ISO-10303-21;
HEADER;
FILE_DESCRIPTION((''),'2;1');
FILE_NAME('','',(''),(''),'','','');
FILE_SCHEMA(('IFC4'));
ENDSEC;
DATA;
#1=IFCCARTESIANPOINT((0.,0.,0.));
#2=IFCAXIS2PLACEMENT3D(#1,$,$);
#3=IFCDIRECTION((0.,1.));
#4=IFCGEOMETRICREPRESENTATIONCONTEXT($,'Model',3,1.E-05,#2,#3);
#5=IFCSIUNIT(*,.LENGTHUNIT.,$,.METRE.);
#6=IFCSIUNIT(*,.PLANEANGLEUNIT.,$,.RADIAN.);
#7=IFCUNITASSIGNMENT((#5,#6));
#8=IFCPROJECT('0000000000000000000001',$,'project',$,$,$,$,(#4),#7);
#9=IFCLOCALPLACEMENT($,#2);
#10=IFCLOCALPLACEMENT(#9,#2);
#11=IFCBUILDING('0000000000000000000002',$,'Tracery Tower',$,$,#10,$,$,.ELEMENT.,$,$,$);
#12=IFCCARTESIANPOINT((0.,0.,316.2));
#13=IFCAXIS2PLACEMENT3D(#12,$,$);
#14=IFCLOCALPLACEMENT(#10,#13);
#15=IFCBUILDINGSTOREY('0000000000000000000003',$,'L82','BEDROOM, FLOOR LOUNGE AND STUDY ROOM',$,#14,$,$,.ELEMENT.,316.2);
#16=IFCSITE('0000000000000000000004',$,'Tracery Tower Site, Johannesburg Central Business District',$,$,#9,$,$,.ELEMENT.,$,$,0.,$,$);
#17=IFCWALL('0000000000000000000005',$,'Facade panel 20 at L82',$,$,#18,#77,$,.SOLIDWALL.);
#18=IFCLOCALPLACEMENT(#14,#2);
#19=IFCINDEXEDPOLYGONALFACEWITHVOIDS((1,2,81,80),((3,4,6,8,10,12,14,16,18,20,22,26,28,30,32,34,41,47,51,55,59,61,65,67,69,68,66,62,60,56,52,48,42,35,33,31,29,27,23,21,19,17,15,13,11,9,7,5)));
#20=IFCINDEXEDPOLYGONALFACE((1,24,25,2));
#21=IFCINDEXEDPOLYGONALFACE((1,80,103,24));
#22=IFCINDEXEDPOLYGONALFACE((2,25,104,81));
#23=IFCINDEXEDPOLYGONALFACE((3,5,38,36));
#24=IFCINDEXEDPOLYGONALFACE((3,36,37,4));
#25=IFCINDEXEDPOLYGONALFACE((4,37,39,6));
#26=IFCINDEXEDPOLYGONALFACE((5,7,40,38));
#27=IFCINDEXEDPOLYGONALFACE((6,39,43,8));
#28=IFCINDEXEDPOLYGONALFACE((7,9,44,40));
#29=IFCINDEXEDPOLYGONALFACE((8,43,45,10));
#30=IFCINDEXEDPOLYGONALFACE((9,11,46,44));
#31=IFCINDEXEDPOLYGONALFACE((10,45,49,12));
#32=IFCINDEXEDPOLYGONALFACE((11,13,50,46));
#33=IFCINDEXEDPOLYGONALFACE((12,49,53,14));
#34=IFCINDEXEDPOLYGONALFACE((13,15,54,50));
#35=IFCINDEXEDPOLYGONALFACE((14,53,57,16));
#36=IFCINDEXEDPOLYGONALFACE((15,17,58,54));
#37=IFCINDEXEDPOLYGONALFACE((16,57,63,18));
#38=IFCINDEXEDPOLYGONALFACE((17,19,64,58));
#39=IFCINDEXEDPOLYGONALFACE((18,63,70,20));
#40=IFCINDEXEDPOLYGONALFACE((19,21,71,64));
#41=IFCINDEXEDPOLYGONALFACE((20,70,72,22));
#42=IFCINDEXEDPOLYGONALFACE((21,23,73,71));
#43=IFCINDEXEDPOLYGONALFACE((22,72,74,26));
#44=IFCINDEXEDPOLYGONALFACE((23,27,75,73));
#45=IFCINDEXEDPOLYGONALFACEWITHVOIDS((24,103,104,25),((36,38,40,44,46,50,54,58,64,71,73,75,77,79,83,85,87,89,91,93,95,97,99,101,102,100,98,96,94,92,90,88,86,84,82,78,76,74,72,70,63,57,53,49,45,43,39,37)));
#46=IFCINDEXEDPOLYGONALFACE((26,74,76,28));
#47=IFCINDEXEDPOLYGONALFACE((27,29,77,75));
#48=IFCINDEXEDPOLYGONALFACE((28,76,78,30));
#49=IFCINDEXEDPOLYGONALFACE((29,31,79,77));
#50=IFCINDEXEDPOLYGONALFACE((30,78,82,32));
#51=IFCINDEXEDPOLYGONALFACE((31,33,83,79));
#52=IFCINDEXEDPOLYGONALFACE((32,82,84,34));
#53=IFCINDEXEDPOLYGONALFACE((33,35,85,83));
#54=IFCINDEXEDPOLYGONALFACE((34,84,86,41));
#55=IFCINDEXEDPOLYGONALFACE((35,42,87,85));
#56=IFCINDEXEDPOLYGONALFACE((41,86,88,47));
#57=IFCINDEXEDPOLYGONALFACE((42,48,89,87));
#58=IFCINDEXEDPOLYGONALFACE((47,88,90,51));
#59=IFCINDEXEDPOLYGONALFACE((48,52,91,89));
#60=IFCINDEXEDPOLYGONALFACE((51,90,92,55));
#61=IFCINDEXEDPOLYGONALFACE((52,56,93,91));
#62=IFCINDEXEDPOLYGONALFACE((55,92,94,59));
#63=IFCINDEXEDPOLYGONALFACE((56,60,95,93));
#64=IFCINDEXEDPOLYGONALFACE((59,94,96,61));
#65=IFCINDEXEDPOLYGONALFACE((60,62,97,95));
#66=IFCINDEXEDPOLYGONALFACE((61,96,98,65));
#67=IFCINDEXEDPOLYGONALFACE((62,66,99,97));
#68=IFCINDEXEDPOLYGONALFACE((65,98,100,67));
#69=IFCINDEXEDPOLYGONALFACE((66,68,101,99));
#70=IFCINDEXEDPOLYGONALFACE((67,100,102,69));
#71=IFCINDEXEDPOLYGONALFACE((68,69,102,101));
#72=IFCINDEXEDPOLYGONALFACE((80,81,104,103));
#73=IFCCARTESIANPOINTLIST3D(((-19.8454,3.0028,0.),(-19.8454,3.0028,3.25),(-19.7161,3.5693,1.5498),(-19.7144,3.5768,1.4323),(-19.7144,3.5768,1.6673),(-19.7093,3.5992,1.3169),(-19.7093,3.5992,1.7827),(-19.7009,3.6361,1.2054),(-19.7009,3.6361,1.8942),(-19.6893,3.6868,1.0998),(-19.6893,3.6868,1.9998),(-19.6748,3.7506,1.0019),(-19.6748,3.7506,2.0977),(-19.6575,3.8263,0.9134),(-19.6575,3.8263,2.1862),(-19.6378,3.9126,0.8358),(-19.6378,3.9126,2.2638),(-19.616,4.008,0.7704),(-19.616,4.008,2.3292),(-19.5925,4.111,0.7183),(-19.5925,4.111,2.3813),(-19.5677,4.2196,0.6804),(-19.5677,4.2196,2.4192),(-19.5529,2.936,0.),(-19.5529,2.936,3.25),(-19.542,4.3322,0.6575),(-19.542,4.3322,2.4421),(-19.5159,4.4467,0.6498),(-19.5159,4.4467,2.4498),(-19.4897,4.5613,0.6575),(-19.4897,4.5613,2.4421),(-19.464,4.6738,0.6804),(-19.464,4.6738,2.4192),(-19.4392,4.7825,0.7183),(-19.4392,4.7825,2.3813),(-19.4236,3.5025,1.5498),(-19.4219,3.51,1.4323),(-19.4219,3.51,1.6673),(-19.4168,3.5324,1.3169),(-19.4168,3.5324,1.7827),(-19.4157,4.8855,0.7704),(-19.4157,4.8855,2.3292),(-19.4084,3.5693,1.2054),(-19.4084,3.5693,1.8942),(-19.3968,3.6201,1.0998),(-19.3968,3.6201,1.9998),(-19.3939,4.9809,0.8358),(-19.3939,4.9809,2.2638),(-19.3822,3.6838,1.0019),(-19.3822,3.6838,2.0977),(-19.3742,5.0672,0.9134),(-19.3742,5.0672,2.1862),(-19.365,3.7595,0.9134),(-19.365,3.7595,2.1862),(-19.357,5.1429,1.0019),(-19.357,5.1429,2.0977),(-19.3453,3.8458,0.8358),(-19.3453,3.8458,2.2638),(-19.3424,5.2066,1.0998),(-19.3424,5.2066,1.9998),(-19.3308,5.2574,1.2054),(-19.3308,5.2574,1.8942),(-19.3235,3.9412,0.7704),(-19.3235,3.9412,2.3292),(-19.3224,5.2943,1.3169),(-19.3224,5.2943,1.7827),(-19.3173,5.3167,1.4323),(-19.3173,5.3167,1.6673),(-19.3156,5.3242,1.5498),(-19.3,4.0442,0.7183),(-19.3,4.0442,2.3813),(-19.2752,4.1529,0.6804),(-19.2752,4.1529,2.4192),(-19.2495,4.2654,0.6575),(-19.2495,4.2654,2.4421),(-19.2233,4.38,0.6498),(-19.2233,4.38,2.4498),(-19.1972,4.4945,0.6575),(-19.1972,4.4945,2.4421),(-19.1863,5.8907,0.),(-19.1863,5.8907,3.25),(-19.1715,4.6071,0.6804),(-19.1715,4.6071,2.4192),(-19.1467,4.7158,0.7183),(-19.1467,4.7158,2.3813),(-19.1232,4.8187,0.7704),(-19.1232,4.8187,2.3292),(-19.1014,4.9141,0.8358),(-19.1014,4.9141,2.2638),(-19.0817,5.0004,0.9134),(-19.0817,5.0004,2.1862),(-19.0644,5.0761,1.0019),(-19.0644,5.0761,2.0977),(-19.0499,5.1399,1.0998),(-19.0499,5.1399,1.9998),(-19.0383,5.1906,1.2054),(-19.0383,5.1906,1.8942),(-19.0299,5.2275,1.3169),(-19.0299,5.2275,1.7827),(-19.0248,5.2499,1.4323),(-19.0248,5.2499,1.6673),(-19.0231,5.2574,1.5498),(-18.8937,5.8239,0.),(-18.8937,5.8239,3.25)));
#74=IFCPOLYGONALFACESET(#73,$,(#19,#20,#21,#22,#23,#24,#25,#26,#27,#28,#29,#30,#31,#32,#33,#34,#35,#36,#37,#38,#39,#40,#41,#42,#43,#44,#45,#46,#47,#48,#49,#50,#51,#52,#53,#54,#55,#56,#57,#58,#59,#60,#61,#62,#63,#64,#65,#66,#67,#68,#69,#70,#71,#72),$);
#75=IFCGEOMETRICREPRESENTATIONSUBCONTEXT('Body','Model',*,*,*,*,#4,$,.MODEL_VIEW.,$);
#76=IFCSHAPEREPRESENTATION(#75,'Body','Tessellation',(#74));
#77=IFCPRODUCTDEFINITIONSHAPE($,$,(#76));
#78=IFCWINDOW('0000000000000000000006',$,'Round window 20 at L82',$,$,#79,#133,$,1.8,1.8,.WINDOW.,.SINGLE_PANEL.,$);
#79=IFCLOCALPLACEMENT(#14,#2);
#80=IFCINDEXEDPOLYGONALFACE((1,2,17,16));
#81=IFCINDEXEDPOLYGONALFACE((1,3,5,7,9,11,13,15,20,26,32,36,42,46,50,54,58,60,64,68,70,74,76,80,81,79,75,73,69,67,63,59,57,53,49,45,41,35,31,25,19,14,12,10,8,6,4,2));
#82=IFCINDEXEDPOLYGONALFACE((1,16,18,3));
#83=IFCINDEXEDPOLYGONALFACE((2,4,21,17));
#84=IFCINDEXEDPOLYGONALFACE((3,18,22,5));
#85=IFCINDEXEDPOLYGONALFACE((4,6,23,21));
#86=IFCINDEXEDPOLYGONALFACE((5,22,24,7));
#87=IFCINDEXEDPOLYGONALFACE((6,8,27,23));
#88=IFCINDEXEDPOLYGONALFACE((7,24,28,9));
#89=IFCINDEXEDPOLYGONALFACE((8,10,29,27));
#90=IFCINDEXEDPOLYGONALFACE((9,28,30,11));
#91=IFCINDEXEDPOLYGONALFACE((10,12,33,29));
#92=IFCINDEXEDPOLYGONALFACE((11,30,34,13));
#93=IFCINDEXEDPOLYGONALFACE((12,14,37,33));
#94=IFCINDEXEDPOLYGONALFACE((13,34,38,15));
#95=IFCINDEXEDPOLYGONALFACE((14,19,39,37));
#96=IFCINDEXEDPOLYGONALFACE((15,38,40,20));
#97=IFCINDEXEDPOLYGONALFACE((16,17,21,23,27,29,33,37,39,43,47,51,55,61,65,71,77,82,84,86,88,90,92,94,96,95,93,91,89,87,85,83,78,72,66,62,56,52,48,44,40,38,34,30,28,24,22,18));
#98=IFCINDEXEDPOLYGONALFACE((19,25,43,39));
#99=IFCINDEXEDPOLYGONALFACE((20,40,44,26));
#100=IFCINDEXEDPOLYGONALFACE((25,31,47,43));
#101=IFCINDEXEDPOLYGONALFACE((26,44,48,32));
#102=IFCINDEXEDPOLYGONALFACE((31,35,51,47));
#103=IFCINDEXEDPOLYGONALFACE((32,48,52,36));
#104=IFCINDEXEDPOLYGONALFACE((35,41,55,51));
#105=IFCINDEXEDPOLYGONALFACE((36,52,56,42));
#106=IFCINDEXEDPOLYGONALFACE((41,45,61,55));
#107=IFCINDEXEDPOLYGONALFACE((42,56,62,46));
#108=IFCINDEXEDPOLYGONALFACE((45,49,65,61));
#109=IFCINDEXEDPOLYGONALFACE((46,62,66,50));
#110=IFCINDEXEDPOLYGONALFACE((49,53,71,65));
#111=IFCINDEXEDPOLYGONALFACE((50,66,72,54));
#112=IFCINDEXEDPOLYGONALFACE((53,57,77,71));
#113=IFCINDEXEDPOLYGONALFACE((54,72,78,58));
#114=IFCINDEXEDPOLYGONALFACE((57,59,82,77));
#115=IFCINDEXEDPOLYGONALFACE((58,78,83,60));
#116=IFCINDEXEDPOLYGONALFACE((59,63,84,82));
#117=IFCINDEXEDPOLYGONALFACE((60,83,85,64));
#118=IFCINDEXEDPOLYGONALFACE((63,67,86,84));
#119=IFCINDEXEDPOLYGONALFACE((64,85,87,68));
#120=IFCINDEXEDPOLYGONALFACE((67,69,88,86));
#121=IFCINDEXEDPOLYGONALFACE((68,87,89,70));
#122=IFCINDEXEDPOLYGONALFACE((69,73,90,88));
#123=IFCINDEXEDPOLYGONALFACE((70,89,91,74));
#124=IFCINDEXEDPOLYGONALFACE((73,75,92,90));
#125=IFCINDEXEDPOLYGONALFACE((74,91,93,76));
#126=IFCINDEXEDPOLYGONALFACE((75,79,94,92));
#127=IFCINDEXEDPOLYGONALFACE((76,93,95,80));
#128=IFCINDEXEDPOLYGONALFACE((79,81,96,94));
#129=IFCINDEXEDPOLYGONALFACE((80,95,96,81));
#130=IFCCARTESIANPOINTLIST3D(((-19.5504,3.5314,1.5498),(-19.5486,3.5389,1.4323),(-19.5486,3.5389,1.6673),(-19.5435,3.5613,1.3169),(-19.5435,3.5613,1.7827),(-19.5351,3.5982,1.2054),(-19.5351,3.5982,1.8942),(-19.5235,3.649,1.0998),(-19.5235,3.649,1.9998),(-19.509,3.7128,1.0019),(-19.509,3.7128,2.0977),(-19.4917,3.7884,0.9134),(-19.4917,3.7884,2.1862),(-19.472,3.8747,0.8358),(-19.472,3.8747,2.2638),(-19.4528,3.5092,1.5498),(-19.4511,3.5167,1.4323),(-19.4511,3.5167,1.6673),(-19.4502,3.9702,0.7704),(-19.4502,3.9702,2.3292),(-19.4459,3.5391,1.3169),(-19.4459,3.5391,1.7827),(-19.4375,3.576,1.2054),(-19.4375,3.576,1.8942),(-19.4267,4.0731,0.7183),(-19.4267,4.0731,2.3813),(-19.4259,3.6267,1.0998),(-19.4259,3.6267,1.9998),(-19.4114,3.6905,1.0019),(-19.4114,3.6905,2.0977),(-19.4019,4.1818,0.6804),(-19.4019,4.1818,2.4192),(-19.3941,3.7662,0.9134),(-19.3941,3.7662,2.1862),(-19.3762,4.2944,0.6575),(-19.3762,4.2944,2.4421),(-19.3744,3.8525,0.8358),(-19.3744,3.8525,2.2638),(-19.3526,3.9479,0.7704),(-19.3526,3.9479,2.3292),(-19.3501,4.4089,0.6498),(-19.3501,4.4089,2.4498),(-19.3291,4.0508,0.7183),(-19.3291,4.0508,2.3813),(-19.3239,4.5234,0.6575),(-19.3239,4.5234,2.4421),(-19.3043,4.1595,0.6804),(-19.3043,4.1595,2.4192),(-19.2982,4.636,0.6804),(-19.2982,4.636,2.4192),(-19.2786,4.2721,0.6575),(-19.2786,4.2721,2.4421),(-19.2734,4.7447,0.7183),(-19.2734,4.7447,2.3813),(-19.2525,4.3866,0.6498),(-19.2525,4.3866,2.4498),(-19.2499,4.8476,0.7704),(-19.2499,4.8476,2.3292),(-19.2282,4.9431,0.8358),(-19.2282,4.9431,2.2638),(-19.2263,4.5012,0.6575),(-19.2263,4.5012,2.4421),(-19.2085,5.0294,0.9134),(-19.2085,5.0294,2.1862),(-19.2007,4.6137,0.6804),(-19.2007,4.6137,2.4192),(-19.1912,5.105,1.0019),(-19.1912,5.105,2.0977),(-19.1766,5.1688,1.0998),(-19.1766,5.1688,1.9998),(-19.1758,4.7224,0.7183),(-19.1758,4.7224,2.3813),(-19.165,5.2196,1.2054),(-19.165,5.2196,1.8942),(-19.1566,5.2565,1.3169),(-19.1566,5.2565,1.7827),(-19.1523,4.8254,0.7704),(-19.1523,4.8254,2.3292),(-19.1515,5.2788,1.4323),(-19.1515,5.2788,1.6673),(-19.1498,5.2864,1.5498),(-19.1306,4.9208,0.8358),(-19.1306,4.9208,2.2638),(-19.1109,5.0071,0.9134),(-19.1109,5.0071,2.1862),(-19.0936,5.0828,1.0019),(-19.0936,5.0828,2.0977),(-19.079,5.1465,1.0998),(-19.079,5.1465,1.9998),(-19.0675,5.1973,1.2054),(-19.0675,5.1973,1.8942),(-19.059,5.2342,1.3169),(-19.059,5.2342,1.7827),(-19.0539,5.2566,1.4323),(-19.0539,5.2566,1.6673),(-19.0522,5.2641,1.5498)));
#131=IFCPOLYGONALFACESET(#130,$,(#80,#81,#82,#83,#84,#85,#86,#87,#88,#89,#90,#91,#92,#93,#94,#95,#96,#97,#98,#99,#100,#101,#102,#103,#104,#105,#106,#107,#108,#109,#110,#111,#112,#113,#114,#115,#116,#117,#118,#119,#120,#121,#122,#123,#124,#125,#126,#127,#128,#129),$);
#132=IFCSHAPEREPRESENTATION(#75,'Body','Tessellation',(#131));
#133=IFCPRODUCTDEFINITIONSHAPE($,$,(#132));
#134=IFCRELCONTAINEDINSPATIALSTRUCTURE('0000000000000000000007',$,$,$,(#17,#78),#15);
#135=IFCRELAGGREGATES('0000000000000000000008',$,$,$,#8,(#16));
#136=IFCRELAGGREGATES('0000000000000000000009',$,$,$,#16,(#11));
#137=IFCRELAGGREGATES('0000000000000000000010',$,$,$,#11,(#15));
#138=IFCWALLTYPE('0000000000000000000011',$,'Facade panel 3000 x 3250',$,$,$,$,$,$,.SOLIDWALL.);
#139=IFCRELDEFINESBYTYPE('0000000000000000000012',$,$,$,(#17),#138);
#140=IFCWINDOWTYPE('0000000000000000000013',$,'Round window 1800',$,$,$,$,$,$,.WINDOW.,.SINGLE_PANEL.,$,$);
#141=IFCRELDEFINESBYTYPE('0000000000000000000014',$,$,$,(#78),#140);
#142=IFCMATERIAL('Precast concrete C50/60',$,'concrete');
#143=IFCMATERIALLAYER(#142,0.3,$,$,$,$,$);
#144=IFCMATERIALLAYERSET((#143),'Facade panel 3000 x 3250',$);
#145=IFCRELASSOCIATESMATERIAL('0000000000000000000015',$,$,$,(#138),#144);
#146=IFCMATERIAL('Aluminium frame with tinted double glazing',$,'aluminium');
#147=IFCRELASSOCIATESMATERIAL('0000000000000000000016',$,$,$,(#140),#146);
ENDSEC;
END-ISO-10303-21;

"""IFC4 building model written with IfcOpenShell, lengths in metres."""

from ifc_helpers import new_model, si_unit, direction, frame, frame_2d, origin, origin_2d, place, context, subcontext, project, spatial, rectangle, circle, extrude, material, layer, layer_set, type_object, element, fill, save


model = new_model("IFC4")

# Units and contexts
model_context = context("Model", 3, precision=1e-05, world=origin(), true_north=direction((0.0, 1.0)))
body_context = subcontext(model_context, "Body", "Model", "MODEL_VIEW")
ifc_project = project(units=[si_unit("LENGTHUNIT", "METRE"), si_unit("PLANEANGLEUNIT", "RADIAN")], contexts=[model_context])

# Site, building, storey
site_placement = place(None, origin())
site = spatial("IfcSite", under=ifc_project, at=site_placement, Name="Tracery Tower Site, Johannesburg Central Business District", CompositionType="ELEMENT", RefElevation=0.0)
building_placement = place(site_placement, origin())
building = spatial("IfcBuilding", under=site, at=building_placement, Name="Tracery Tower", CompositionType="ELEMENT")
storey_placement = place(building_placement, frame((0.0, 0.0, 316.2)))
storey = spatial("IfcBuildingStorey", under=building, at=storey_placement, Name="L82", Description="BEDROOM, FLOOR LOUNGE AND STUDY ROOM", CompositionType="ELEMENT", Elevation=316.2)

# Wall, opening, window
ifc_material_1 = material(Name="Precast concrete C50/60", Category="concrete")
ifc_layer_1 = layer(ifc_material_1, 0.3)
ifc_layer_set_1 = layer_set([ifc_layer_1], Name="Facade panel 3000 x 3250")
wall_type_1 = type_object("IfcWallType", Name="Facade panel 3000 x 3250", PredefinedType="SOLIDWALL", material=ifc_layer_set_1)
wall_1_placement = place(storey_placement, frame((-19.04, 5.8572, 0.0), z_axis=(0.0, 0.0, 1.0), x_axis=(-0.222529, -0.974926, 0.0)))
wall_1 = element("IfcWall", 1, at=wall_1_placement, inside=storey, type_object=wall_type_1, Name="Facade panel 20 at L82", PredefinedType="SOLIDWALL", context=body_context, shape_type="SweptSolid", body=[
    extrude(rectangle(XDim=2.9622, YDim=0.3, at=frame_2d((1.481, 0.0))), origin(), (0.0, 0.0, 1.0), 3.25),
])
opening_1_placement = place(wall_1_placement, frame((1.481, 0.0, 1.5498)))
opening_1 = element("IfcOpeningElement", 2, at=opening_1_placement, cuts=wall_1, PredefinedType="OPENING", context=body_context, shape_type="SweptSolid", body=[
    extrude(circle(Radius=0.9, at=origin_2d()), frame((0.0, 0.1599, 0.0), z_axis=(0.0, -1.0, 0.0), x_axis=(1.0, 0.0, 0.0)), (0.0, 0.0, 1.0), 0.3201),
])
ifc_material_2 = material(Name="Aluminium frame with tinted double glazing", Category="aluminium")
window_type = type_object("IfcWindowType", Name="Round window 1800", PartitioningType="SINGLE_PANEL", PredefinedType="WINDOW", material=ifc_material_2)
window_1_placement = place(opening_1_placement, origin())
window_1 = element("IfcWindow", 3, at=window_1_placement, inside=storey, type_object=window_type, Name="Round window 20 at L82", OverallHeight=1.8, OverallWidth=1.8, PartitioningType="SINGLE_PANEL", PredefinedType="WINDOW", context=body_context, shape_type="SweptSolid", body=[
    extrude(circle(Radius=0.9, at=origin_2d()), frame((0.0, 0.1201, 0.0), z_axis=(0.0, -1.0, 0.0), x_axis=(1.0, 0.0, 0.0)), (0.0, 0.0, 1.0), 0.1001),
])
fill(opening_1, window_1)

save(model, "model.ifc")
